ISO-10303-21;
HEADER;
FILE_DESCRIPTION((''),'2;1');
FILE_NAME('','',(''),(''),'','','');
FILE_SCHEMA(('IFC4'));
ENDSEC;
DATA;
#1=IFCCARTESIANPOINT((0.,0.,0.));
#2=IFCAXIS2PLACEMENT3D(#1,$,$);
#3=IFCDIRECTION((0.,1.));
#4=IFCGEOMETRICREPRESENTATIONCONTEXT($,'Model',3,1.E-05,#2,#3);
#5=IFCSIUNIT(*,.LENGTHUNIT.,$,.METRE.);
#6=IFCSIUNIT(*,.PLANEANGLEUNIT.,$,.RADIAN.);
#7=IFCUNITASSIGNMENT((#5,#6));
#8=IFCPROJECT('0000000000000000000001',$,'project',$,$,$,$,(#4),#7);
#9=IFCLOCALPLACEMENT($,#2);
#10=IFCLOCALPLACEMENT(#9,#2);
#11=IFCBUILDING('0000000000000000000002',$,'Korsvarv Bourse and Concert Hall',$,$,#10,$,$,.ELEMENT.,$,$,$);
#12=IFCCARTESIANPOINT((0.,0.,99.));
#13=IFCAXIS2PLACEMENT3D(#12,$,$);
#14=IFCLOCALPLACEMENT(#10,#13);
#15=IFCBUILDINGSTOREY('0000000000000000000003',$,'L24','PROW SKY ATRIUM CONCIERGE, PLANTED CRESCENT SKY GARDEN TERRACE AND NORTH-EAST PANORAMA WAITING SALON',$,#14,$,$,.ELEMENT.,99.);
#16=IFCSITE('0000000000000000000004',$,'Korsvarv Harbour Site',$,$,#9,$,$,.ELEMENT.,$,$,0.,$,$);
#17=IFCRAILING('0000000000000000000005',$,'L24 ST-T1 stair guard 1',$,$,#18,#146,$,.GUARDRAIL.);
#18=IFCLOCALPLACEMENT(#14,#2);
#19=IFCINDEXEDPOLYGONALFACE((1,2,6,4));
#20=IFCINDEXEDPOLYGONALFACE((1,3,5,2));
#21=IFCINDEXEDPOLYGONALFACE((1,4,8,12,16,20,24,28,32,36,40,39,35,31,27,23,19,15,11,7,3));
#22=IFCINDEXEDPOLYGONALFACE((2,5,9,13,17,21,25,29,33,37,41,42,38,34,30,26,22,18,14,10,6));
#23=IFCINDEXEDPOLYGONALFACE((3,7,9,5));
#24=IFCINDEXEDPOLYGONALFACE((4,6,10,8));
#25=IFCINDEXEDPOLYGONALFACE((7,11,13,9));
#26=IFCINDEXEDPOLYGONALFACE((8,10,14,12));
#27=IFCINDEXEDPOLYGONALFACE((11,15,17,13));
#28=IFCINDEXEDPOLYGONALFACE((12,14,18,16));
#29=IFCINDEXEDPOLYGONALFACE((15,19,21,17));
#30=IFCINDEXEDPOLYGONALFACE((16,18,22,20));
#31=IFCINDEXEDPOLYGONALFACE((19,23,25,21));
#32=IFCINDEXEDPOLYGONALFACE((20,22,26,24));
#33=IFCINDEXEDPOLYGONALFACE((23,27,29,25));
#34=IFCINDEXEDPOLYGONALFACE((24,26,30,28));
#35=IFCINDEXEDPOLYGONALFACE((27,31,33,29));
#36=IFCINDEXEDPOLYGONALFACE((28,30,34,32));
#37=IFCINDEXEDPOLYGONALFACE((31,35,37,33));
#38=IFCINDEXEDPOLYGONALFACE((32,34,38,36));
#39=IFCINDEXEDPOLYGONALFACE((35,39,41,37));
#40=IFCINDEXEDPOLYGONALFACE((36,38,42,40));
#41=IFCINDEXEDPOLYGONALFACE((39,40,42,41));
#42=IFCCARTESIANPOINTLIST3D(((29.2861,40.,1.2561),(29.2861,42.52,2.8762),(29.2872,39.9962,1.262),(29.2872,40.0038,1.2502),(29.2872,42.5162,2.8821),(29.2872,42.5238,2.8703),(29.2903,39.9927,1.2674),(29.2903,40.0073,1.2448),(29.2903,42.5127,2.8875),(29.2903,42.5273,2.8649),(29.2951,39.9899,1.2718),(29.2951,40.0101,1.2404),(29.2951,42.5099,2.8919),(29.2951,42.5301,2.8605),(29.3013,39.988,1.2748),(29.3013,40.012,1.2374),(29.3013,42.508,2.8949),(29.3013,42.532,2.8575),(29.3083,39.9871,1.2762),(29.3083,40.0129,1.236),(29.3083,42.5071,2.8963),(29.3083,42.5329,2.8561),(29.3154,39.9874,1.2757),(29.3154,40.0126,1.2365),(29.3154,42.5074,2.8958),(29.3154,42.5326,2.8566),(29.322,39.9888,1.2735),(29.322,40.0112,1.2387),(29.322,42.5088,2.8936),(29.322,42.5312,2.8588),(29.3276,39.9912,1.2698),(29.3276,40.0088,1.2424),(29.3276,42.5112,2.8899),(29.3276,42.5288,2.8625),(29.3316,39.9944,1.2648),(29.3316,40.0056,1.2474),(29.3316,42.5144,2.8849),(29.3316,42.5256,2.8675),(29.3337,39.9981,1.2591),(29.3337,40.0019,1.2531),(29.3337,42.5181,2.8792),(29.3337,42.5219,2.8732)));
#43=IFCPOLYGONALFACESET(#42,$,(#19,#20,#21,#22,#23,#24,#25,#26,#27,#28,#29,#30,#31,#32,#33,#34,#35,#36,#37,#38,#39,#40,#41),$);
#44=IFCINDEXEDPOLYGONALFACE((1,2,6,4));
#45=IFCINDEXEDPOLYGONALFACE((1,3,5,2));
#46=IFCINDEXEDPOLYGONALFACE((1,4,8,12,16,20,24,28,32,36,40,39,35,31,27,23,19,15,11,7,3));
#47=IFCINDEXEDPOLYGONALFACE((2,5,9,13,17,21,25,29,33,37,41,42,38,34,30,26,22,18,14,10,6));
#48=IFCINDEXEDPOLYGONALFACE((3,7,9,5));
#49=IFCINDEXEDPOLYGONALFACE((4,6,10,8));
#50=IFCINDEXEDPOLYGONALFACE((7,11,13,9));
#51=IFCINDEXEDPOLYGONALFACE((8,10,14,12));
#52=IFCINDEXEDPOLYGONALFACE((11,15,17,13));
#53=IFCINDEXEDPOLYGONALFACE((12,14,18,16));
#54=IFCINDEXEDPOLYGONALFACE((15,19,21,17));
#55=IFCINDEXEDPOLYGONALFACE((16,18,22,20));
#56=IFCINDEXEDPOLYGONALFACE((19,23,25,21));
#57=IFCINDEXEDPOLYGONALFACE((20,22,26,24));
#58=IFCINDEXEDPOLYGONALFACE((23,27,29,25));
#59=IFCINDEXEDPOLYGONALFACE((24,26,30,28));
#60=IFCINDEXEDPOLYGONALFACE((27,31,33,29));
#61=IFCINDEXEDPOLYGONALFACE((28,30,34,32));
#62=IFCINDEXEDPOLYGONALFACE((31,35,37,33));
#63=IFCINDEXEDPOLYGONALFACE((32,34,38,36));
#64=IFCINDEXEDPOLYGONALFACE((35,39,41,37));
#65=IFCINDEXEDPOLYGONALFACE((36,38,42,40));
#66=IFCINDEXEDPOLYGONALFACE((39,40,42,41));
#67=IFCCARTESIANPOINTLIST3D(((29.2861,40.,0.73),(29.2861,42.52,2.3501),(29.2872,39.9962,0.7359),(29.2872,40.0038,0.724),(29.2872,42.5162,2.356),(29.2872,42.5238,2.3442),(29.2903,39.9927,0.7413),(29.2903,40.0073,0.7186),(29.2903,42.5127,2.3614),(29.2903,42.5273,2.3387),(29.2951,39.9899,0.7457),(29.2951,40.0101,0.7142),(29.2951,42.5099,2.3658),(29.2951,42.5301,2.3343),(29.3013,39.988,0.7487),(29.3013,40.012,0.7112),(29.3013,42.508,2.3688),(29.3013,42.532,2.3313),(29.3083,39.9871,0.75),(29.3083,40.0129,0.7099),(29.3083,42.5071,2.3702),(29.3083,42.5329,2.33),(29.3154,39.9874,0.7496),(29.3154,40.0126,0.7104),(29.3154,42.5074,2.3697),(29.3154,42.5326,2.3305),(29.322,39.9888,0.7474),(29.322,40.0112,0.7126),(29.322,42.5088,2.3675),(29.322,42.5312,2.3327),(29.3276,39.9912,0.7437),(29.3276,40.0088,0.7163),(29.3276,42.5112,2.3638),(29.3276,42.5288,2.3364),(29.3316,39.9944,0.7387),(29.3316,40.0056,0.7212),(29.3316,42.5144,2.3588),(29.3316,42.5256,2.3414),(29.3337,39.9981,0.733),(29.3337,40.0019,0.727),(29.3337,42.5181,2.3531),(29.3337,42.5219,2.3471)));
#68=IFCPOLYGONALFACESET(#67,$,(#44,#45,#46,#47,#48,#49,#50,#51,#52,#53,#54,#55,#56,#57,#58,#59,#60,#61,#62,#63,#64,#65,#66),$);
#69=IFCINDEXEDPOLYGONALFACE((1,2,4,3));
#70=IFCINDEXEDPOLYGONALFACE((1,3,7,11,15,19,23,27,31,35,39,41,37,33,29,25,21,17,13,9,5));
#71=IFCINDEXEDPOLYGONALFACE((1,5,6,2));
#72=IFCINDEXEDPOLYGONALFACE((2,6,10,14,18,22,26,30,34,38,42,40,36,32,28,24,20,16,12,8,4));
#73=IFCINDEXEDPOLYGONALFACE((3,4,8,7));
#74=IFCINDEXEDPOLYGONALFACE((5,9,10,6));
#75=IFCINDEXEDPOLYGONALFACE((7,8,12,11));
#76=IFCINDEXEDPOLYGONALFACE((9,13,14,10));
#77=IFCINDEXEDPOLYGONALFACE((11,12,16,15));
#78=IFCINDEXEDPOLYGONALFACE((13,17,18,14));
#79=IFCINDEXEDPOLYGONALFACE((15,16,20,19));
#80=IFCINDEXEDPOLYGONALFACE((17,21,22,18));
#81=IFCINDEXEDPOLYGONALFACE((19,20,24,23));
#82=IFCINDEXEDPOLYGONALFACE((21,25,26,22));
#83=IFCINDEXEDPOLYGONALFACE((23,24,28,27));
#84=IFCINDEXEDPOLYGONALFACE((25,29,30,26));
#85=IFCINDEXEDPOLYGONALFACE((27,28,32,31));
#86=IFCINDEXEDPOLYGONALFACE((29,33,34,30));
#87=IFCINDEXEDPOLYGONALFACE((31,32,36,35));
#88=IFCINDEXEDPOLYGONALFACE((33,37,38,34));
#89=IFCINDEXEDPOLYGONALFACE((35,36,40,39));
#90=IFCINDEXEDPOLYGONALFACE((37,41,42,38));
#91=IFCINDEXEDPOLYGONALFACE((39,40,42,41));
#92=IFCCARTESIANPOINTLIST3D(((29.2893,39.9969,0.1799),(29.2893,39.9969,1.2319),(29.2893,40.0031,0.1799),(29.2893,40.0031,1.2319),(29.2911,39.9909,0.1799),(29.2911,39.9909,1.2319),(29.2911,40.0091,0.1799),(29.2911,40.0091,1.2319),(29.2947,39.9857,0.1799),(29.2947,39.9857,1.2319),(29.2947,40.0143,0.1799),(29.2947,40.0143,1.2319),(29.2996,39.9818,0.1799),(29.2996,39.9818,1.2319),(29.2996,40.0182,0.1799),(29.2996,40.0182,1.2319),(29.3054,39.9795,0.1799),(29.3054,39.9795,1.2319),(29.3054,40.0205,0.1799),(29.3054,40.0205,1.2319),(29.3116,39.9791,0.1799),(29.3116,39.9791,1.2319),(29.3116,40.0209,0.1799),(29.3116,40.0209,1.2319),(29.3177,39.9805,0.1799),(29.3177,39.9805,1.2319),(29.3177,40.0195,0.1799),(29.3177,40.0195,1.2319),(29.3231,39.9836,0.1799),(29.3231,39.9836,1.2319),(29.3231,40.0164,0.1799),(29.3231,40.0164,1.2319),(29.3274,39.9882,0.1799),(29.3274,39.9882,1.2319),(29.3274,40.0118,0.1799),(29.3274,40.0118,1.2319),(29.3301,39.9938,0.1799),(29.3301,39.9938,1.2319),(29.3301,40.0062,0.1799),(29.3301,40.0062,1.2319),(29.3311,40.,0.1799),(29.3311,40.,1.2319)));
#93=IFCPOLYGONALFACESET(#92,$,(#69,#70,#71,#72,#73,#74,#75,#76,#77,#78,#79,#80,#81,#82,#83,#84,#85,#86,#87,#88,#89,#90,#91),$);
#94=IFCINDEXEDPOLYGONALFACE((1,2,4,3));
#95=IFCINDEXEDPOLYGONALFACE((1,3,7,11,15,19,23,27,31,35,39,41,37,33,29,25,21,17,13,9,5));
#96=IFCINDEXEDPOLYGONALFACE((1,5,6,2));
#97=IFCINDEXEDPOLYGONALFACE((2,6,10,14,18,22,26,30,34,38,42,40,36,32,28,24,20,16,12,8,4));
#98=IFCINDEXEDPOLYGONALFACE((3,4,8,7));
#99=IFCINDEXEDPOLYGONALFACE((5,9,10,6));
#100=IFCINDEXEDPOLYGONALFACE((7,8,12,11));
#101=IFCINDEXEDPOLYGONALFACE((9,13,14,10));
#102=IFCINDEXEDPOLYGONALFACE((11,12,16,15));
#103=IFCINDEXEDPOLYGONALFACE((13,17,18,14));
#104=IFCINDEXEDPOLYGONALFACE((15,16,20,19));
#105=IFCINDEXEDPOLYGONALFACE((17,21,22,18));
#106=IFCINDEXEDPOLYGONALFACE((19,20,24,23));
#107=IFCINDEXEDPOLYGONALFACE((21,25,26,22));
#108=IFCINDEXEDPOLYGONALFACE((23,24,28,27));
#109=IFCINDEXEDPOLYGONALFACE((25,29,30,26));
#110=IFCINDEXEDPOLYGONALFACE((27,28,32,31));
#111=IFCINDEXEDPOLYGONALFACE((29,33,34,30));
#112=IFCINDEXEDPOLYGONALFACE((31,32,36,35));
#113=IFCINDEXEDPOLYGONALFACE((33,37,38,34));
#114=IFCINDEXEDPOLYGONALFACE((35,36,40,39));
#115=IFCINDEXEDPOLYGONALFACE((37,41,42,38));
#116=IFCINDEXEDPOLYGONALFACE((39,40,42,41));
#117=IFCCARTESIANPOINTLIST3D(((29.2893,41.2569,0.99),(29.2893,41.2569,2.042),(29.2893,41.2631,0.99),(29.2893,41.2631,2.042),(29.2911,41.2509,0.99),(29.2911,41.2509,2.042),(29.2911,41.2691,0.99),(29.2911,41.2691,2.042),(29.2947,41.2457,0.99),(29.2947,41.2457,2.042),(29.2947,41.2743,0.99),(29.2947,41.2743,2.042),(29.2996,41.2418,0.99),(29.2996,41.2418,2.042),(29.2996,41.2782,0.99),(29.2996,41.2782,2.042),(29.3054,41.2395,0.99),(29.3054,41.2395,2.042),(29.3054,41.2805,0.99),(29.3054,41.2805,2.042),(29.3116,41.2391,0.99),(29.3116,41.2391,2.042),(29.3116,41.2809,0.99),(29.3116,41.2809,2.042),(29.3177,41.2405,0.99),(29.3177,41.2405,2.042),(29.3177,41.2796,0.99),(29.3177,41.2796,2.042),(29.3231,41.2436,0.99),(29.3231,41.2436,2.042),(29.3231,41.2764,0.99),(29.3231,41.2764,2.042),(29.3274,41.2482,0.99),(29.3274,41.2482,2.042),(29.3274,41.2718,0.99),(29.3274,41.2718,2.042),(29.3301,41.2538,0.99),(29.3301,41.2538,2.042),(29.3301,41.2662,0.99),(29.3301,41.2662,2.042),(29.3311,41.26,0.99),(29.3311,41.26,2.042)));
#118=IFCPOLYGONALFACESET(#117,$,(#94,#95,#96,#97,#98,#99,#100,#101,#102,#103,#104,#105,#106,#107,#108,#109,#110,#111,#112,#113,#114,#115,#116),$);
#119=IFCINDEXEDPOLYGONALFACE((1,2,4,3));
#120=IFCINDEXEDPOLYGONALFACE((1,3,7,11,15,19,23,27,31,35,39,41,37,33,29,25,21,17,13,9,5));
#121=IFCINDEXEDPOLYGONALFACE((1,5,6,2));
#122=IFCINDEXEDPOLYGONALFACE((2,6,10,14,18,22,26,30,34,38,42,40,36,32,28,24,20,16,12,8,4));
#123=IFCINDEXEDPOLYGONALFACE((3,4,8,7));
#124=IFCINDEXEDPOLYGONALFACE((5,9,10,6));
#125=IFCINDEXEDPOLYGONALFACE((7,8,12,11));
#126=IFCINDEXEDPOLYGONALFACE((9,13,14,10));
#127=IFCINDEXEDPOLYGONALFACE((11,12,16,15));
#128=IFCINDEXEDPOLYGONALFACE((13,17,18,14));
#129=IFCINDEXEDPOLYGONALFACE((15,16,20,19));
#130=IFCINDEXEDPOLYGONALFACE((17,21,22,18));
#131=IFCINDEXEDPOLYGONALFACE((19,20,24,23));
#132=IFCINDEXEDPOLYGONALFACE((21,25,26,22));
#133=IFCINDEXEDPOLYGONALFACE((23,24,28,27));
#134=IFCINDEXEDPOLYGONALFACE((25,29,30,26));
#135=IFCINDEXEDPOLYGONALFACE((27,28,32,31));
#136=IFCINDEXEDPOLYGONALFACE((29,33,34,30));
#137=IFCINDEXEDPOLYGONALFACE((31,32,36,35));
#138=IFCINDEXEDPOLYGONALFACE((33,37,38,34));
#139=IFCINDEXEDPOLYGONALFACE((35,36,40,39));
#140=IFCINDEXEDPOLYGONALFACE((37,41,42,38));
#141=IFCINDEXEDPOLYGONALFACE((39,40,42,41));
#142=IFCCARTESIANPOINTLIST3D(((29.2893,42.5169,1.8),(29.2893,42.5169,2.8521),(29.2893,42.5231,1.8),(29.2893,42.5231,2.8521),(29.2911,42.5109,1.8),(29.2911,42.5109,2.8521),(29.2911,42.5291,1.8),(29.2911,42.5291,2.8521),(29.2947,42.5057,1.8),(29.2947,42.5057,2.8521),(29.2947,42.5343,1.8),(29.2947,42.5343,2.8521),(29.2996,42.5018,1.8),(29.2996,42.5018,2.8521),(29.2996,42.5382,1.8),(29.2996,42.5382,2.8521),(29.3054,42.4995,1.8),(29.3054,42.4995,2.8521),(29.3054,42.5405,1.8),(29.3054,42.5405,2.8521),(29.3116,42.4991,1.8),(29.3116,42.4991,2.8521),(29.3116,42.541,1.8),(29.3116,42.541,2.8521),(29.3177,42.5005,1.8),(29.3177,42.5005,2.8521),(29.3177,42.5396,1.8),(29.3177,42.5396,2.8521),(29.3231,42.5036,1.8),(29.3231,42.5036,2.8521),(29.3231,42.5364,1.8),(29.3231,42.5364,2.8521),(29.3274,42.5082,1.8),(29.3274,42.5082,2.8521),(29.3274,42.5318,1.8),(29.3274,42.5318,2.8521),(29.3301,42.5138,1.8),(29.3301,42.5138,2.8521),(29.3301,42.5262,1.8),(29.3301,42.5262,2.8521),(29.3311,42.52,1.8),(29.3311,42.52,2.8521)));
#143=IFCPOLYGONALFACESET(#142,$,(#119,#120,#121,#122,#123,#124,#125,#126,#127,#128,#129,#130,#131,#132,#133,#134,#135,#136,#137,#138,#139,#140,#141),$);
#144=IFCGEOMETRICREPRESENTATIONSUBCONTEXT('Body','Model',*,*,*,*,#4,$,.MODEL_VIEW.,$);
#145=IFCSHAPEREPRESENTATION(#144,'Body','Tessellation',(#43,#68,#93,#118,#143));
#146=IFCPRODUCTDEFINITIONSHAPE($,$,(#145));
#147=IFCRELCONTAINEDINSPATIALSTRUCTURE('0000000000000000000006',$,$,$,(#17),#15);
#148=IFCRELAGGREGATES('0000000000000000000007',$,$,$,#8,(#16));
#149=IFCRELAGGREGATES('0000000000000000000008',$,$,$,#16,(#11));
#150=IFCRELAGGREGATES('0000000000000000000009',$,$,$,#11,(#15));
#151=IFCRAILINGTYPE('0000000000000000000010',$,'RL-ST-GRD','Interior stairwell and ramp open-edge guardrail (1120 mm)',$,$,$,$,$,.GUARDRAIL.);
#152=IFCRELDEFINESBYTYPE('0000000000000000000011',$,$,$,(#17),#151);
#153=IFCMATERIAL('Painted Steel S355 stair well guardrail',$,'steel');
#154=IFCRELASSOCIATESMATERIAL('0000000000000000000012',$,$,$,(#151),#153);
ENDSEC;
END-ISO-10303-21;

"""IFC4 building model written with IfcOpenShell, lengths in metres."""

from ifc_helpers import new_model, si_unit, direction, frame, origin, origin_2d, place, context, subcontext, project, spatial, circle, extrude, material, type_object, element, save


model = new_model("IFC4")

# Units and contexts
model_context = context("Model", 3, precision=1e-05, world=origin(), true_north=direction((0.0, 1.0)))
body_context = subcontext(model_context, "Body", "Model", "MODEL_VIEW")
ifc_project = project(units=[si_unit("LENGTHUNIT", "METRE"), si_unit("PLANEANGLEUNIT", "RADIAN")], contexts=[model_context])

# Site, building, storey
site_placement = place(None, origin())
site = spatial("IfcSite", under=ifc_project, at=site_placement, Name="Korsvarv Harbour Site", CompositionType="ELEMENT", RefElevation=0.0)
building_placement = place(site_placement, origin())
building = spatial("IfcBuilding", under=site, at=building_placement, Name="Korsvarv Bourse and Concert Hall", CompositionType="ELEMENT")
storey_placement = place(building_placement, frame((0.0, 0.0, 99.0)))
storey = spatial("IfcBuildingStorey", under=building, at=storey_placement, Name="L24", Description="PROW SKY ATRIUM CONCIERGE, PLANTED CRESCENT SKY GARDEN TERRACE AND NORTH-EAST PANORAMA WAITING SALON", CompositionType="ELEMENT", Elevation=99.0)

# Railing
ifc_material_1 = material(Name="Painted Steel S355 stair well guardrail", Category="steel")
railing_type_1 = type_object("IfcRailingType", Name="RL-ST-GRD", Description="Interior stairwell and ramp open-edge guardrail (1120 mm)", PredefinedType="GUARDRAIL", material=ifc_material_1)
railing_1_placement = place(storey_placement, frame((29.3101, 40.0, 0.1799)))
element("IfcRailing", 1, at=railing_1_placement, inside=storey, type_object=railing_type_1, Name="L24 ST-T1 stair guard 1", PredefinedType="GUARDRAIL", context=body_context, shape_type="SweptSolid", body=[
    extrude(circle(Radius=0.0239, at=origin_2d()), frame((0.0, 0.0, 1.0762), z_axis=(0.0, 0.841163, 0.540782), x_axis=(-1.0, 0.0, 0.0)), (0.0, 0.0, 1.0), 2.9958),
    extrude(circle(Radius=0.0239, at=origin_2d()), frame((0.0, 0.0, 0.55), z_axis=(0.0, 0.841163, 0.540782), x_axis=(-1.0, 0.0, 0.0)), (0.0, 0.0, 1.0), 2.9958),
    extrude(circle(Radius=0.021, at=origin_2d()), origin(), (0.0, 0.0, 1.0), 1.052),
    extrude(circle(Radius=0.021, at=origin_2d()), frame((0.0, 1.26, 0.8101)), (0.0, 0.0, 1.0), 1.052),
    extrude(circle(Radius=0.021, at=origin_2d()), frame((0.0, 2.52, 1.6201)), (0.0, 0.0, 1.0), 1.052),
])

save(model, "model.ifc")
